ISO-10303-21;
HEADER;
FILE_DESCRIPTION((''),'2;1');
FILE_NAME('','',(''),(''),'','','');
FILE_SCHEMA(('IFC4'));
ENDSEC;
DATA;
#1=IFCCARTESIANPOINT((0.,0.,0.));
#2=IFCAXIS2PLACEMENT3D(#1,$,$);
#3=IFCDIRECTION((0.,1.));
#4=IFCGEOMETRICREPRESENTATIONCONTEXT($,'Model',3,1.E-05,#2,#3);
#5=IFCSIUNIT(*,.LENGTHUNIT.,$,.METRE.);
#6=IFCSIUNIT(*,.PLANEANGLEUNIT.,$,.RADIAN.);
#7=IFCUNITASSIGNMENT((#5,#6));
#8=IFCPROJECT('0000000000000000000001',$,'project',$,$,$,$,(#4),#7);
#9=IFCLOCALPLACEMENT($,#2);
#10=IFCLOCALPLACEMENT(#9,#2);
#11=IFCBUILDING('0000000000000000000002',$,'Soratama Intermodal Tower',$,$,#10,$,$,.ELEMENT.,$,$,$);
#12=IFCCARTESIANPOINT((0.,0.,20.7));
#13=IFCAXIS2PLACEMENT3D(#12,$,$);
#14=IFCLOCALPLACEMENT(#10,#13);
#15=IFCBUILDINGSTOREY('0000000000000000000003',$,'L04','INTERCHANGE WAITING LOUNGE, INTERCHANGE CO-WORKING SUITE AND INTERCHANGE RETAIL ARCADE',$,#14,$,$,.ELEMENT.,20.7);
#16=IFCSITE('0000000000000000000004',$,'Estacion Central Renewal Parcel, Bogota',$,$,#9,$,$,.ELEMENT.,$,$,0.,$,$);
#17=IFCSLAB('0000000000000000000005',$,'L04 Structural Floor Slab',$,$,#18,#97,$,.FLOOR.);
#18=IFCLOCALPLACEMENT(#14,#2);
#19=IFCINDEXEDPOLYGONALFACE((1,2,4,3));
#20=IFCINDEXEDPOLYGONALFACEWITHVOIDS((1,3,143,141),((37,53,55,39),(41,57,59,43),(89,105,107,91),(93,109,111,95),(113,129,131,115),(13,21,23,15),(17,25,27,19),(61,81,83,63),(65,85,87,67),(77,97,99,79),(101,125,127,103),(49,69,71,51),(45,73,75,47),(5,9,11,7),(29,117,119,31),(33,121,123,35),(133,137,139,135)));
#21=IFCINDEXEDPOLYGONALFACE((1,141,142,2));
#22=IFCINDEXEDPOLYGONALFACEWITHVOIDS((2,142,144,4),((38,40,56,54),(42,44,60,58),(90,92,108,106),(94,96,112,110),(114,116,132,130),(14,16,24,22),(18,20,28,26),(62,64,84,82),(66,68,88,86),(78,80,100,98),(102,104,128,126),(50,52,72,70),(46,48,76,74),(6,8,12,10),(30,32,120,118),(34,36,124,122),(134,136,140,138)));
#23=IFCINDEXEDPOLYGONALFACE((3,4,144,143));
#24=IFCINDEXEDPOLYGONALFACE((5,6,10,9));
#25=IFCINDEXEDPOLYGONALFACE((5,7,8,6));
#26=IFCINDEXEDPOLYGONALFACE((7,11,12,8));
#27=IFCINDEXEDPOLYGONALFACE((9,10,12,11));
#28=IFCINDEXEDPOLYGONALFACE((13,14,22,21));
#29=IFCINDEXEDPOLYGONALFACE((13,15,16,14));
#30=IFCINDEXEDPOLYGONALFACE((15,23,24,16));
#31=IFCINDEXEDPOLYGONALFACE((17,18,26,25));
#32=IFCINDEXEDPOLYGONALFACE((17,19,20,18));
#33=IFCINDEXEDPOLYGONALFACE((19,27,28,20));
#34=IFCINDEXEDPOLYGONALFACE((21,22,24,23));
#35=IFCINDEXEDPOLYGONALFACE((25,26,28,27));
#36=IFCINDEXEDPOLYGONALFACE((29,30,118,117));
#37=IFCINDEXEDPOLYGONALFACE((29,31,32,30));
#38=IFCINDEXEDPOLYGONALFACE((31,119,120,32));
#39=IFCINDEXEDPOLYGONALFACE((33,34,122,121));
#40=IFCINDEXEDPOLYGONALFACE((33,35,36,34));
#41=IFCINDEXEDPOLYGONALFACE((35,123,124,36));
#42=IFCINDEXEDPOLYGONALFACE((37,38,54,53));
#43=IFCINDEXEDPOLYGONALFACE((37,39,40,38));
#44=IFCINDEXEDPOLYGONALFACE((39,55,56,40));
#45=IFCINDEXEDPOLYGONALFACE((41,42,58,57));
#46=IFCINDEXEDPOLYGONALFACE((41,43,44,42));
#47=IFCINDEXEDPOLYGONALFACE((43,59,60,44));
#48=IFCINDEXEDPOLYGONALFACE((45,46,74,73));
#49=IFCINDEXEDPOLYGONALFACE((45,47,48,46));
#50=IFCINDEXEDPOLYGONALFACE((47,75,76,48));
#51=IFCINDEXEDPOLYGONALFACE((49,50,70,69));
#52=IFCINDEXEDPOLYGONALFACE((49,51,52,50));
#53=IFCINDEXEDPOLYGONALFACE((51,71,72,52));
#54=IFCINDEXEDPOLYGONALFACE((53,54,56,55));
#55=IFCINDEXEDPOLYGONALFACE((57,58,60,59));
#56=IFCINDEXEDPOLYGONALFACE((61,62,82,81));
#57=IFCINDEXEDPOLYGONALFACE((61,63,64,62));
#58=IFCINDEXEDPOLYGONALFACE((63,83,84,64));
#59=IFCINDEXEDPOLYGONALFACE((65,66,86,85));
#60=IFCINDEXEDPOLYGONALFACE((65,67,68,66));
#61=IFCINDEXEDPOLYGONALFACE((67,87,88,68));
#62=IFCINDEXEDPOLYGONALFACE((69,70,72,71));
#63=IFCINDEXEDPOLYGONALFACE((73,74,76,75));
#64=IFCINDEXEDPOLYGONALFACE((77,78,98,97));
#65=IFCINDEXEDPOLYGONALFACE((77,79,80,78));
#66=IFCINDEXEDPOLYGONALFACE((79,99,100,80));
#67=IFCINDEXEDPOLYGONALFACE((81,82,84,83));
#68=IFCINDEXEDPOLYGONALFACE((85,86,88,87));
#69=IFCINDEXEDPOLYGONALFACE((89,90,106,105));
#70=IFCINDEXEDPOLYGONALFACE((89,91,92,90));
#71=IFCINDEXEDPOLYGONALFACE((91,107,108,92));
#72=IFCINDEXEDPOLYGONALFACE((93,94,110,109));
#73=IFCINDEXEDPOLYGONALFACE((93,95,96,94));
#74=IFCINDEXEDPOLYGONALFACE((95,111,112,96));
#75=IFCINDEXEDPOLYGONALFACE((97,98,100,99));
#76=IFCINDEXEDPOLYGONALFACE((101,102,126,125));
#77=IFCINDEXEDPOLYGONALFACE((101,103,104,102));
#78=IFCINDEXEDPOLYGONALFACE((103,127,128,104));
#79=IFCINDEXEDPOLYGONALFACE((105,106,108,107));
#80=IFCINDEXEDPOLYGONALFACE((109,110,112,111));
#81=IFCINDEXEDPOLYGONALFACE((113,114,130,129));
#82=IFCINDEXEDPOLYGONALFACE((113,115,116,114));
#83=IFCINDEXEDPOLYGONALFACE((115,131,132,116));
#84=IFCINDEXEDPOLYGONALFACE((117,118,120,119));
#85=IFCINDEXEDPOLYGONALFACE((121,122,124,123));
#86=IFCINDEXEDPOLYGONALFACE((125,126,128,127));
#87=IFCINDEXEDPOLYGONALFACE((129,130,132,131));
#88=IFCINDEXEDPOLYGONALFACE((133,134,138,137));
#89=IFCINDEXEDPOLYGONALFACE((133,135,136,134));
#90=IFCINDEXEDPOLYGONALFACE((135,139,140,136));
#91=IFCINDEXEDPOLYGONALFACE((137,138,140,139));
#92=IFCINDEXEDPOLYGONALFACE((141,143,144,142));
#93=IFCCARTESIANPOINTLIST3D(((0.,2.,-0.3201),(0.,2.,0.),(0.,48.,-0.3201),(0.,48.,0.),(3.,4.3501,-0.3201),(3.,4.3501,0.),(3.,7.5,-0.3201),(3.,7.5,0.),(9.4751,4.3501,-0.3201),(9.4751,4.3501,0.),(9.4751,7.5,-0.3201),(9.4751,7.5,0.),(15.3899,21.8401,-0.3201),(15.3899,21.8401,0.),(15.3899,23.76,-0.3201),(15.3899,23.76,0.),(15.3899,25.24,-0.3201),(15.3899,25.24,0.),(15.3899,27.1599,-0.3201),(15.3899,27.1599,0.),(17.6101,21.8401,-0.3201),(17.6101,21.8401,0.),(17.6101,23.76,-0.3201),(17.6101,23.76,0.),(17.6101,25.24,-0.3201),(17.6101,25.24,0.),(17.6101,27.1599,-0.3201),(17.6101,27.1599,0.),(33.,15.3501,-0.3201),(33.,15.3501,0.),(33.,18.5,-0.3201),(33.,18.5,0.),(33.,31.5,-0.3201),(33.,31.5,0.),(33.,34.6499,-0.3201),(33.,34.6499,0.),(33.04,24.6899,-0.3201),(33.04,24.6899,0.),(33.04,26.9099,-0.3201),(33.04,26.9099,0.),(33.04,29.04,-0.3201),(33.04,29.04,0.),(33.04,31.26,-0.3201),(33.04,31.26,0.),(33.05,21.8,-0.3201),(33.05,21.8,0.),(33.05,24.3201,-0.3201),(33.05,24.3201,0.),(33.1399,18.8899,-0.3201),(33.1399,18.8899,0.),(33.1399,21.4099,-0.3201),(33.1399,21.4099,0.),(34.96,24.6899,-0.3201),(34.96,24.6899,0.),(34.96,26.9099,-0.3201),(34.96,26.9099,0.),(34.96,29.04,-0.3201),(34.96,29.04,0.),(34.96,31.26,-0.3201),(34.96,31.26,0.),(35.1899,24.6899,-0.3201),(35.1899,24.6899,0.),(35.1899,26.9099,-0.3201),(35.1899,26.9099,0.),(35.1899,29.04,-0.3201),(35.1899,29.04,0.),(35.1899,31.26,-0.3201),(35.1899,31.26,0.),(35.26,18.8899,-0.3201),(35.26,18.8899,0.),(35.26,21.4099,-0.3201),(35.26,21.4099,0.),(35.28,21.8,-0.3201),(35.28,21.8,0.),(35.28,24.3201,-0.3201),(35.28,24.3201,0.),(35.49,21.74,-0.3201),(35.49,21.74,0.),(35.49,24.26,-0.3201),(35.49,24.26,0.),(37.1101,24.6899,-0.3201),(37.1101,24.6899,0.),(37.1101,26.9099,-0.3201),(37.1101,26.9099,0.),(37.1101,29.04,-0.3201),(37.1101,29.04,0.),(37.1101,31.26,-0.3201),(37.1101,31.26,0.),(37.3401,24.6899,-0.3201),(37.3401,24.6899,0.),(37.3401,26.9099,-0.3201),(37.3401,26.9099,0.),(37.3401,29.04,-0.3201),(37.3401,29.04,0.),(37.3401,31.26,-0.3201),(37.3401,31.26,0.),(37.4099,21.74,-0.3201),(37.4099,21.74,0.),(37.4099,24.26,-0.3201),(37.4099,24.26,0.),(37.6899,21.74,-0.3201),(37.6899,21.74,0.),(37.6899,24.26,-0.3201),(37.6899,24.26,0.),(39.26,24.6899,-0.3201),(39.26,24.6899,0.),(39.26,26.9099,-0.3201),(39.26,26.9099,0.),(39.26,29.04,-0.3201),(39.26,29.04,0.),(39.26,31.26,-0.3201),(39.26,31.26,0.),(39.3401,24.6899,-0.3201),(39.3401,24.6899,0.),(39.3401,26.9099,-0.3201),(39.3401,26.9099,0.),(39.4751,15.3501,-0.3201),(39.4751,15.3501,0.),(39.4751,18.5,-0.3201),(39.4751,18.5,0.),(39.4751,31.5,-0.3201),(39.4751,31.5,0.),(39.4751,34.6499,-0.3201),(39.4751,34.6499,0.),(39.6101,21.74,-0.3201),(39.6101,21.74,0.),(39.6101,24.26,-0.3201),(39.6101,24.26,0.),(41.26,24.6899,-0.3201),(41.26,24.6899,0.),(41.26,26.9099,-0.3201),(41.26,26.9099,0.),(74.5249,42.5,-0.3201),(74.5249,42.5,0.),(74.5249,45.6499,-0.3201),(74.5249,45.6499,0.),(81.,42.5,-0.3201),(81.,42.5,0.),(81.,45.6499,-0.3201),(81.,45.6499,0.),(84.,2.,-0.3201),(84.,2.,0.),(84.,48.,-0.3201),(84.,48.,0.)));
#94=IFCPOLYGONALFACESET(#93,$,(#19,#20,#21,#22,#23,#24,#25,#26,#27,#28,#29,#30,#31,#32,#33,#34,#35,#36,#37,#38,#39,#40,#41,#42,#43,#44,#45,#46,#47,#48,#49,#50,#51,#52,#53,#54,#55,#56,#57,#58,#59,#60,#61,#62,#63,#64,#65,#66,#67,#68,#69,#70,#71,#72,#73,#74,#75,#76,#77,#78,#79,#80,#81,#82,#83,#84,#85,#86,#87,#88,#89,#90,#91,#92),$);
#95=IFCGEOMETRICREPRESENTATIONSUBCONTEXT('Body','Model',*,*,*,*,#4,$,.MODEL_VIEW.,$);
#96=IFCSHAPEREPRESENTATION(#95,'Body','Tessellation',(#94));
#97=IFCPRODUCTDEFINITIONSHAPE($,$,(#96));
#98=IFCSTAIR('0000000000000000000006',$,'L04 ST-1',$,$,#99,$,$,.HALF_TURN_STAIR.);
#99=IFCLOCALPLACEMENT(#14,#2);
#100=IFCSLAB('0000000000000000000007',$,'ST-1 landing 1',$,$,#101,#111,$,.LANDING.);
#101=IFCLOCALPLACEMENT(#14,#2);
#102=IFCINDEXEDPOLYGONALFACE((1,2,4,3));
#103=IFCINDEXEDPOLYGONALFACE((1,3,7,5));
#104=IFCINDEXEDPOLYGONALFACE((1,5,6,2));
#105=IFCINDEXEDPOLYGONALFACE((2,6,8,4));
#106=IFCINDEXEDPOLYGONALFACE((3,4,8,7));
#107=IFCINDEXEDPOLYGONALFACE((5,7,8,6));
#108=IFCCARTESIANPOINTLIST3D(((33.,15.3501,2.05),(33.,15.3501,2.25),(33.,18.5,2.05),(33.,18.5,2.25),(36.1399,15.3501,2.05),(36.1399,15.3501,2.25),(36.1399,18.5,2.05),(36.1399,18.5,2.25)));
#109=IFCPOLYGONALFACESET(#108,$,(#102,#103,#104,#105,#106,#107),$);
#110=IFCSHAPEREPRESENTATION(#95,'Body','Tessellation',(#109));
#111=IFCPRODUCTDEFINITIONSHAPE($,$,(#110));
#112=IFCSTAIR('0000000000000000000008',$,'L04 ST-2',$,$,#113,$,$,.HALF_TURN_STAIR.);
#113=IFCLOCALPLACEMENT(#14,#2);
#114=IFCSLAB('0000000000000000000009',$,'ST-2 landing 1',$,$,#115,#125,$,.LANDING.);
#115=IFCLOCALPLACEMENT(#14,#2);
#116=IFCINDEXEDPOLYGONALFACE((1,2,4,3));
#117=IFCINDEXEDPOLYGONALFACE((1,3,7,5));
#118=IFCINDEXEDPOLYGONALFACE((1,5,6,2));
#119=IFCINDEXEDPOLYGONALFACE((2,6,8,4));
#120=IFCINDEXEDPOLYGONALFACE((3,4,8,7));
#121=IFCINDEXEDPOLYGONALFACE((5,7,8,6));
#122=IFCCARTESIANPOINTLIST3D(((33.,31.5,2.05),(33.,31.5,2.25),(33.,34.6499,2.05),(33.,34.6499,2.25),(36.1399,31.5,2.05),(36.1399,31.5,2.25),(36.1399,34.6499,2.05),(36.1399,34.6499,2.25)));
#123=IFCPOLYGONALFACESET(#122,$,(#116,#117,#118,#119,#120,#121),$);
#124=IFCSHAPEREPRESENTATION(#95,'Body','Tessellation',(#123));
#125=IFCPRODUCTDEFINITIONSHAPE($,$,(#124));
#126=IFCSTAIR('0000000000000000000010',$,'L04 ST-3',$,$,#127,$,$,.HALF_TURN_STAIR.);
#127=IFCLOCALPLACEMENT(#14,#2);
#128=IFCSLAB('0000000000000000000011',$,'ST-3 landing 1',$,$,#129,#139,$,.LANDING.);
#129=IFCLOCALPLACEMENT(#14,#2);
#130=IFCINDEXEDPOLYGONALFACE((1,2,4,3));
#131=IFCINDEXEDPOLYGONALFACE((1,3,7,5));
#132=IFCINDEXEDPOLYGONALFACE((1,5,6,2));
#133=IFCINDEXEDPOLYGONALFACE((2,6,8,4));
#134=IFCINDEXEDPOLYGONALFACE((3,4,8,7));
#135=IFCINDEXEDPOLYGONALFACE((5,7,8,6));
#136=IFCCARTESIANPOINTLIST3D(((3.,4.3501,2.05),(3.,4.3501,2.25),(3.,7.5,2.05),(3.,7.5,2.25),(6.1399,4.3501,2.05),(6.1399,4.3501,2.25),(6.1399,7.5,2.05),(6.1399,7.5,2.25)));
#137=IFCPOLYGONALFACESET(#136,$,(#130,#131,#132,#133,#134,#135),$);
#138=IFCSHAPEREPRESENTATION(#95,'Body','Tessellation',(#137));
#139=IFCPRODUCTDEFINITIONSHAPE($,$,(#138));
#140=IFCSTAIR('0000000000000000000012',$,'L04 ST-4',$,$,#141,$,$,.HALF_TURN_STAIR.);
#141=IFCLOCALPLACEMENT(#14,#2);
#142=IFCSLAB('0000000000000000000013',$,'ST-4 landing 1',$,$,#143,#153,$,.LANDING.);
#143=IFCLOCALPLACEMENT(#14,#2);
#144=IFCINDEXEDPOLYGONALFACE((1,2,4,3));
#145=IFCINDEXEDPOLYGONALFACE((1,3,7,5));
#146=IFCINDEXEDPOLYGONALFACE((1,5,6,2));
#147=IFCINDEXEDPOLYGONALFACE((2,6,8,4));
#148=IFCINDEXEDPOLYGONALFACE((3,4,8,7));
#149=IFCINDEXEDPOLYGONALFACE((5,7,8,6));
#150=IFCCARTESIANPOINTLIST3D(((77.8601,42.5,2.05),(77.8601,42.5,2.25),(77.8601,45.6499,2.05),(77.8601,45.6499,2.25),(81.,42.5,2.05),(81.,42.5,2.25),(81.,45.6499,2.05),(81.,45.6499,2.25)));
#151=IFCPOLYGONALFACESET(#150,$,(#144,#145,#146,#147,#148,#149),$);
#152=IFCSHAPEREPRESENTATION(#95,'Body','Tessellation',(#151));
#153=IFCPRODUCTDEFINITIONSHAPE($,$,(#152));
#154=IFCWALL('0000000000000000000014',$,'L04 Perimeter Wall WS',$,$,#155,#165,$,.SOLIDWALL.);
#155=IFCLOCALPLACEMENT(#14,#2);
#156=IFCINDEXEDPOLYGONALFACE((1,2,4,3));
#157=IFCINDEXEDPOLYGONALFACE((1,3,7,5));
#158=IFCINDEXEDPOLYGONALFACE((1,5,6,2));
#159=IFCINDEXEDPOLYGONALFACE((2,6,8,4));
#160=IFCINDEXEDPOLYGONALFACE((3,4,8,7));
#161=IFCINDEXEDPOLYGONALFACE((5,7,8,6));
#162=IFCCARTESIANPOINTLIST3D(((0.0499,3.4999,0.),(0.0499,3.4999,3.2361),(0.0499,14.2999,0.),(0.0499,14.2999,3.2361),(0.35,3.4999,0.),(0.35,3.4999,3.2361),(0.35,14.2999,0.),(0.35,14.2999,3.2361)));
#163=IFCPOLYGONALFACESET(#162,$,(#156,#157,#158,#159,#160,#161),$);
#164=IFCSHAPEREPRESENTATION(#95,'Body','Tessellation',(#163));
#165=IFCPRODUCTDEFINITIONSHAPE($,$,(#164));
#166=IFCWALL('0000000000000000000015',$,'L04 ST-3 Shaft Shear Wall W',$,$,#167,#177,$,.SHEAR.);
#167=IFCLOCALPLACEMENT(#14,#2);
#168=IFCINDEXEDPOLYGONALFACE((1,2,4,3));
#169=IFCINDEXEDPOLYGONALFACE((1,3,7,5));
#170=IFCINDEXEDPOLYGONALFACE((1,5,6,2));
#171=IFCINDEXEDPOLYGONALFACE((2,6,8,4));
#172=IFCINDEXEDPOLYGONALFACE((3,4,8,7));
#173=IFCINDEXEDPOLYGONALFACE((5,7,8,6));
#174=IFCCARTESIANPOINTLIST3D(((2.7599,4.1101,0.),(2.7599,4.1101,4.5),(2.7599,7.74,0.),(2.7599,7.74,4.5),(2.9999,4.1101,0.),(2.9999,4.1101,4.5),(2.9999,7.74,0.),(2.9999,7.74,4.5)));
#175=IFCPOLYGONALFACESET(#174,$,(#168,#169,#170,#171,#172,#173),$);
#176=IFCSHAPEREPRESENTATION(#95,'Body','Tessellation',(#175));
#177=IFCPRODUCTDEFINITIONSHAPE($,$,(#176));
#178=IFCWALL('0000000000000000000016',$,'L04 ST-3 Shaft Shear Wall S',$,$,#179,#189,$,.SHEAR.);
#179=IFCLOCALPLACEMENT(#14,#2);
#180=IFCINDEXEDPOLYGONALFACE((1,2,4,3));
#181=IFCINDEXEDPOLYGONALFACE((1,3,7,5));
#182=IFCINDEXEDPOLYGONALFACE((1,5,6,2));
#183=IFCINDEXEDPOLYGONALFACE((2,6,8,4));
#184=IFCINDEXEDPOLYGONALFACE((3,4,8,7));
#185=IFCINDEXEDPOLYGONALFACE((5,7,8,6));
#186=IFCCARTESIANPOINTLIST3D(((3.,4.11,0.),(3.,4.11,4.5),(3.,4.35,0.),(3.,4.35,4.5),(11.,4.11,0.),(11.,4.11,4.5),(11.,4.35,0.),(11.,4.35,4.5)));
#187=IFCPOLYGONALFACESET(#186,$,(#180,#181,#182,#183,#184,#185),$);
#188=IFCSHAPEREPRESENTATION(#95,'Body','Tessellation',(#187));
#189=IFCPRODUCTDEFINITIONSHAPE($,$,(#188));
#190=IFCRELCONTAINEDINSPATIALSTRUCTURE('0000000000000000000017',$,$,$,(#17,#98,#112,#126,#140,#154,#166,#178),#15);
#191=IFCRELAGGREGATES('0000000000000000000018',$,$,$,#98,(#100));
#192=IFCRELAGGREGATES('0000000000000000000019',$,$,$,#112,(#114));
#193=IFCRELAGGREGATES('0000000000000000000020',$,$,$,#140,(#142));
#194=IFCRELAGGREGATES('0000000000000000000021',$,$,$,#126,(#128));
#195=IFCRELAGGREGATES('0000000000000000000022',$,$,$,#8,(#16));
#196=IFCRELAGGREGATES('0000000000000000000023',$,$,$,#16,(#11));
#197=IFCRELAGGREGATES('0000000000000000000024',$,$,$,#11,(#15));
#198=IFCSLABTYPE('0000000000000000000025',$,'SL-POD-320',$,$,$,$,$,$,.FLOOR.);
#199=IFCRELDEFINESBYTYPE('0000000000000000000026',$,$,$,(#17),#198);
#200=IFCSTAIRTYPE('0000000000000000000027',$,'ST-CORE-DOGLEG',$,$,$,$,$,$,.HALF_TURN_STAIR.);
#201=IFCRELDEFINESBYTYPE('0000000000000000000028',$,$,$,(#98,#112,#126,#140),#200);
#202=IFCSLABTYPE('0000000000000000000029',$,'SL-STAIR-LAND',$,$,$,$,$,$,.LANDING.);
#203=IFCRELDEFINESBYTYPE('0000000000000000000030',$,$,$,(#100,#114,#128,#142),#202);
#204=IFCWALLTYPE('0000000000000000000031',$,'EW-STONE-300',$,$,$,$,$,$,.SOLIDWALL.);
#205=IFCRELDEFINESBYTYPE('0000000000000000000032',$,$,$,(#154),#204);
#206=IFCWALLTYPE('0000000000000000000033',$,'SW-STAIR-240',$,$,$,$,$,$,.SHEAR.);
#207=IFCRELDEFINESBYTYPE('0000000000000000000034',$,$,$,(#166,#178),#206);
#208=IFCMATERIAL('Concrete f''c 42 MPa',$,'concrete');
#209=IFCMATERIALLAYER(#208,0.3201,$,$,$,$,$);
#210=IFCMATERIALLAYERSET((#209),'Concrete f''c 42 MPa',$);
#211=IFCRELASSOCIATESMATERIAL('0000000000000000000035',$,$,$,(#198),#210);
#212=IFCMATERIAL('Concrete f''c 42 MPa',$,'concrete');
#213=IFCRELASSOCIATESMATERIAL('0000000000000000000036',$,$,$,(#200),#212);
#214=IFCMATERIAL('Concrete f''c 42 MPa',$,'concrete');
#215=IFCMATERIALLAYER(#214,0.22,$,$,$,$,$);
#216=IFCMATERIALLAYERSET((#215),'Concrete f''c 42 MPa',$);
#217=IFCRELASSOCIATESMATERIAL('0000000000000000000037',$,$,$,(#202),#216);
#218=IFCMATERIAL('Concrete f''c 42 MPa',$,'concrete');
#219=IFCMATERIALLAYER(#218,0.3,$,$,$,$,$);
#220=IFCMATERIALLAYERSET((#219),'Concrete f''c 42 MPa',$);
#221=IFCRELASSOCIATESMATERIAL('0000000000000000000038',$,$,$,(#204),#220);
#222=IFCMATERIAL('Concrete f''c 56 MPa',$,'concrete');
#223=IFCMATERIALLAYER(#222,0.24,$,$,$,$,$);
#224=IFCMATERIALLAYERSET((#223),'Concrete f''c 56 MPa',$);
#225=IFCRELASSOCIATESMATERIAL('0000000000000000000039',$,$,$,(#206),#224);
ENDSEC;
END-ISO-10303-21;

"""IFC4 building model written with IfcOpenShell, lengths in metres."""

from ifc_helpers import new_model, si_unit, direction, frame, frame_2d, origin, place, context, subcontext, project, spatial, polyline, rectangle, outline, extrude, material, layer, layer_set, type_object, element, aggregate, save


model = new_model("IFC4")

# Units and contexts
model_context = context("Model", 3, precision=1e-05, world=origin(), true_north=direction((0.0, 1.0)))
body_context = subcontext(model_context, "Body", "Model", "MODEL_VIEW")
ifc_project = project(units=[si_unit("LENGTHUNIT", "METRE"), si_unit("PLANEANGLEUNIT", "RADIAN")], contexts=[model_context])

# Site, building, storey
site_placement = place(None, origin())
site = spatial("IfcSite", under=ifc_project, at=site_placement, Name="Estacion Central Renewal Parcel, Bogota", CompositionType="ELEMENT", RefElevation=0.0)
building_placement = place(site_placement, origin())
building = spatial("IfcBuilding", under=site, at=building_placement, Name="Soratama Intermodal Tower", CompositionType="ELEMENT")
storey_placement = place(building_placement, frame((0.0, 0.0, 20.7)))
storey = spatial("IfcBuildingStorey", under=building, at=storey_placement, Name="L04", Description="INTERCHANGE WAITING LOUNGE, INTERCHANGE CO-WORKING SUITE AND INTERCHANGE RETAIL ARCADE", CompositionType="ELEMENT", Elevation=20.7)

# Slab
ifc_material_1 = material(Name="Concrete f'c 42 MPa", Category="concrete")
ifc_layer_1 = layer(ifc_material_1, 0.3201)
ifc_layer_set_1 = layer_set([ifc_layer_1], Name="Concrete f'c 42 MPa")
slab_type_1 = type_object("IfcSlabType", Name="SL-POD-320", PredefinedType="FLOOR", material=ifc_layer_set_1)
slab_1_placement = place(storey_placement, frame((0.0, 0.0, -0.3201)))
element("IfcSlab", 1, at=slab_1_placement, inside=storey, type_object=slab_type_1, Name="L04 Structural Floor Slab", PredefinedType="FLOOR", context=body_context, shape_type="SweptSolid", body=[
    extrude(outline(polyline([(0.0, 2.0), (84.0, 2.0), (84.0, 48.0), (0.0, 48.0), (0.0, 2.0)]), holes=[polyline([(9.4751, 7.5), (3.0, 7.5), (3.0, 4.3501), (9.4751, 4.3501), (9.4751, 7.5)]), polyline([(35.26, 18.8899), (35.26, 21.4099), (33.1399, 21.4099), (33.1399, 18.8899), (35.26, 18.8899)]), polyline([(17.6101, 21.8401), (17.6101, 23.76), (15.3899, 23.76), (15.3899, 21.8401), (17.6101, 21.8401)]), polyline([(33.05, 21.8), (35.28, 21.8), (35.28, 24.3201), (33.05, 24.3201), (33.05, 21.8)]), polyline([(34.96, 24.6899), (34.96, 26.9099), (33.04, 26.9099), (33.04, 24.6899), (34.96, 24.6899)]), polyline([(37.1101, 24.6899), (37.1101, 26.9099), (35.1899, 26.9099), (35.1899, 24.6899), (37.1101, 24.6899)]), polyline([(17.6101, 25.24), (17.6101, 27.1599), (15.3899, 27.1599), (15.3899, 25.24), (17.6101, 25.24)]), polyline([(34.96, 29.04), (34.96, 31.26), (33.04, 31.26), (33.04, 29.04), (34.96, 29.04)]), polyline([(37.1101, 29.04), (37.1101, 31.26), (35.1899, 31.26), (35.1899, 29.04), (37.1101, 29.04)]), polyline([(39.4751, 18.5), (33.0, 18.5), (33.0, 15.3501), (39.4751, 15.3501), (39.4751, 18.5)]), polyline([(37.4099, 21.74), (37.4099, 24.26), (35.49, 24.26), (35.49, 21.74), (37.4099, 21.74)]), polyline([(39.6101, 21.74), (39.6101, 24.26), (37.6899, 24.26), (37.6899, 21.74), (39.6101, 21.74)]), polyline([(39.26, 24.6899), (39.26, 26.9099), (37.3401, 26.9099), (37.3401, 24.6899), (39.26, 24.6899)]), polyline([(41.26, 24.6899), (41.26, 26.9099), (39.3401, 26.9099), (39.3401, 24.6899), (41.26, 24.6899)]), polyline([(39.26, 29.04), (39.26, 31.26), (37.3401, 31.26), (37.3401, 29.04), (39.26, 29.04)]), polyline([(39.4751, 31.5), (39.4751, 34.6499), (33.0, 34.6499), (33.0, 31.5), (39.4751, 31.5)]), polyline([(74.5249, 45.6499), (74.5249, 42.5), (81.0, 42.5), (81.0, 45.6499), (74.5249, 45.6499)])]), origin(), (0.0, 0.0, 1.0), 0.3201),
])

# Stairs, slabs
ifc_material_2 = material(Name="Concrete f'c 42 MPa", Category="concrete")
stair_type = type_object("IfcStairType", Name="ST-CORE-DOGLEG", PredefinedType="HALF_TURN_STAIR", material=ifc_material_2)
stair_1_placement = place(storey_placement, origin())
stair_1 = element("IfcStair", 2, at=stair_1_placement, inside=storey, type_object=stair_type, Name="L04 ST-1", PredefinedType="HALF_TURN_STAIR")
ifc_material_3 = material(Name="Concrete f'c 42 MPa", Category="concrete")
ifc_layer_2 = layer(ifc_material_3, 0.22)
ifc_layer_set_2 = layer_set([ifc_layer_2], Name="Concrete f'c 42 MPa")
slab_type_2 = type_object("IfcSlabType", Name="SL-STAIR-LAND", PredefinedType="LANDING", material=ifc_layer_set_2)
slab_2_placement = place(storey_placement, frame((0.0, 0.0, 2.05)))
slab_2 = element("IfcSlab", 3, at=slab_2_placement, type_object=slab_type_2, Name="ST-1 landing 1", PredefinedType="LANDING", context=body_context, shape_type="SweptSolid", body=[
    extrude(outline(polyline([(36.1399, 18.5), (33.0, 18.5), (33.0, 15.3501), (36.1399, 15.3501), (36.1399, 18.5)])), origin(), (0.0, 0.0, 1.0), 0.2),
])
aggregate(stair_1, [slab_2])
stair_2_placement = place(storey_placement, origin())
stair_2 = element("IfcStair", 4, at=stair_2_placement, inside=storey, type_object=stair_type, Name="L04 ST-2", PredefinedType="HALF_TURN_STAIR")
slab_3_placement = place(storey_placement, frame((0.0, 0.0, 2.05)))
slab_3 = element("IfcSlab", 5, at=slab_3_placement, type_object=slab_type_2, Name="ST-2 landing 1", PredefinedType="LANDING", context=body_context, shape_type="SweptSolid", body=[
    extrude(outline(polyline([(36.1399, 34.6499), (33.0, 34.6499), (33.0, 31.5), (36.1399, 31.5), (36.1399, 34.6499)])), origin(), (0.0, 0.0, 1.0), 0.2),
])
aggregate(stair_2, [slab_3])
stair_3_placement = place(storey_placement, origin())
stair_3 = element("IfcStair", 6, at=stair_3_placement, inside=storey, type_object=stair_type, Name="L04 ST-3", PredefinedType="HALF_TURN_STAIR")
slab_4_placement = place(storey_placement, frame((0.0, 0.0, 2.05)))
slab_4 = element("IfcSlab", 7, at=slab_4_placement, type_object=slab_type_2, Name="ST-3 landing 1", PredefinedType="LANDING", context=body_context, shape_type="SweptSolid", body=[
    extrude(outline(polyline([(6.1399, 7.5), (3.0, 7.5), (3.0, 4.3501), (6.1399, 4.3501), (6.1399, 7.5)])), origin(), (0.0, 0.0, 1.0), 0.2),
])
stair_4_placement = place(storey_placement, origin())
stair_4 = element("IfcStair", 8, at=stair_4_placement, inside=storey, type_object=stair_type, Name="L04 ST-4", PredefinedType="HALF_TURN_STAIR")
slab_5_placement = place(storey_placement, frame((0.0, 0.0, 2.05)))
slab_5 = element("IfcSlab", 9, at=slab_5_placement, type_object=slab_type_2, Name="ST-4 landing 1", PredefinedType="LANDING", context=body_context, shape_type="SweptSolid", body=[
    extrude(outline(polyline([(77.8601, 42.5), (81.0, 42.5), (81.0, 45.6499), (77.8601, 45.6499), (77.8601, 42.5)])), origin(), (0.0, 0.0, 1.0), 0.2),
])
aggregate(stair_4, [slab_5])

# Walls
ifc_material_4 = material(Name="Concrete f'c 42 MPa", Category="concrete")
ifc_layer_3 = layer(ifc_material_4, 0.3)
ifc_layer_set_3 = layer_set([ifc_layer_3], Name="Concrete f'c 42 MPa")
wall_type_1 = type_object("IfcWallType", Name="EW-STONE-300", PredefinedType="SOLIDWALL", material=ifc_layer_set_3)
wall_1_placement = place(storey_placement, frame((0.2, 3.5, 0.0), z_axis=(0.0, 0.0, 1.0), x_axis=(0.0, 1.0, 0.0)))
element("IfcWall", 10, at=wall_1_placement, inside=storey, type_object=wall_type_1, Name="L04 Perimeter Wall WS", PredefinedType="SOLIDWALL", context=body_context, shape_type="SweptSolid", body=[
    extrude(rectangle(XDim=10.8, YDim=0.3, at=frame_2d((5.3999, 0.0))), origin(), (0.0, 0.0, 1.0), 3.2361),
])
ifc_material_5 = material(Name="Concrete f'c 56 MPa", Category="concrete")
ifc_layer_4 = layer(ifc_material_5, 0.24)
ifc_layer_set_4 = layer_set([ifc_layer_4], Name="Concrete f'c 56 MPa")
wall_type_2 = type_object("IfcWallType", Name="SW-STAIR-240", PredefinedType="SHEAR", material=ifc_layer_set_4)
wall_2_placement = place(storey_placement, frame((2.8799, 4.1101, 0.0), z_axis=(0.0, 0.0, 1.0), x_axis=(0.0, 1.0, 0.0)))
element("IfcWall", 11, at=wall_2_placement, inside=storey, type_object=wall_type_2, Name="L04 ST-3 Shaft Shear Wall W", PredefinedType="SHEAR", context=body_context, shape_type="SweptSolid", body=[
    extrude(rectangle(XDim=3.6299, YDim=0.24, at=frame_2d((1.8149, 0.0))), origin(), (0.0, 0.0, 1.0), 4.5),
])
for number, where, z_axis, x_axis, name in (
    (12, (3.0, 4.23, 0.0), (0.0, 0.0, 1.0), (1.0, 0.0, 0.0), "L04 ST-3 Shaft Shear Wall S"),
):
    element("IfcWall", number, at=place(storey_placement, frame(where, z_axis=z_axis, x_axis=x_axis)), inside=storey, type_object=wall_type_2, Name=name, PredefinedType="SHEAR", context=body_context, shape_type="SweptSolid", body=[
        extrude(rectangle(XDim=8.0, YDim=0.24, at=frame_2d((4.0, 0.0))), origin(), (0.0, 0.0, 1.0), 4.5),
    ])

aggregate(stair_3, [slab_4])

save(model, "model.ifc")
